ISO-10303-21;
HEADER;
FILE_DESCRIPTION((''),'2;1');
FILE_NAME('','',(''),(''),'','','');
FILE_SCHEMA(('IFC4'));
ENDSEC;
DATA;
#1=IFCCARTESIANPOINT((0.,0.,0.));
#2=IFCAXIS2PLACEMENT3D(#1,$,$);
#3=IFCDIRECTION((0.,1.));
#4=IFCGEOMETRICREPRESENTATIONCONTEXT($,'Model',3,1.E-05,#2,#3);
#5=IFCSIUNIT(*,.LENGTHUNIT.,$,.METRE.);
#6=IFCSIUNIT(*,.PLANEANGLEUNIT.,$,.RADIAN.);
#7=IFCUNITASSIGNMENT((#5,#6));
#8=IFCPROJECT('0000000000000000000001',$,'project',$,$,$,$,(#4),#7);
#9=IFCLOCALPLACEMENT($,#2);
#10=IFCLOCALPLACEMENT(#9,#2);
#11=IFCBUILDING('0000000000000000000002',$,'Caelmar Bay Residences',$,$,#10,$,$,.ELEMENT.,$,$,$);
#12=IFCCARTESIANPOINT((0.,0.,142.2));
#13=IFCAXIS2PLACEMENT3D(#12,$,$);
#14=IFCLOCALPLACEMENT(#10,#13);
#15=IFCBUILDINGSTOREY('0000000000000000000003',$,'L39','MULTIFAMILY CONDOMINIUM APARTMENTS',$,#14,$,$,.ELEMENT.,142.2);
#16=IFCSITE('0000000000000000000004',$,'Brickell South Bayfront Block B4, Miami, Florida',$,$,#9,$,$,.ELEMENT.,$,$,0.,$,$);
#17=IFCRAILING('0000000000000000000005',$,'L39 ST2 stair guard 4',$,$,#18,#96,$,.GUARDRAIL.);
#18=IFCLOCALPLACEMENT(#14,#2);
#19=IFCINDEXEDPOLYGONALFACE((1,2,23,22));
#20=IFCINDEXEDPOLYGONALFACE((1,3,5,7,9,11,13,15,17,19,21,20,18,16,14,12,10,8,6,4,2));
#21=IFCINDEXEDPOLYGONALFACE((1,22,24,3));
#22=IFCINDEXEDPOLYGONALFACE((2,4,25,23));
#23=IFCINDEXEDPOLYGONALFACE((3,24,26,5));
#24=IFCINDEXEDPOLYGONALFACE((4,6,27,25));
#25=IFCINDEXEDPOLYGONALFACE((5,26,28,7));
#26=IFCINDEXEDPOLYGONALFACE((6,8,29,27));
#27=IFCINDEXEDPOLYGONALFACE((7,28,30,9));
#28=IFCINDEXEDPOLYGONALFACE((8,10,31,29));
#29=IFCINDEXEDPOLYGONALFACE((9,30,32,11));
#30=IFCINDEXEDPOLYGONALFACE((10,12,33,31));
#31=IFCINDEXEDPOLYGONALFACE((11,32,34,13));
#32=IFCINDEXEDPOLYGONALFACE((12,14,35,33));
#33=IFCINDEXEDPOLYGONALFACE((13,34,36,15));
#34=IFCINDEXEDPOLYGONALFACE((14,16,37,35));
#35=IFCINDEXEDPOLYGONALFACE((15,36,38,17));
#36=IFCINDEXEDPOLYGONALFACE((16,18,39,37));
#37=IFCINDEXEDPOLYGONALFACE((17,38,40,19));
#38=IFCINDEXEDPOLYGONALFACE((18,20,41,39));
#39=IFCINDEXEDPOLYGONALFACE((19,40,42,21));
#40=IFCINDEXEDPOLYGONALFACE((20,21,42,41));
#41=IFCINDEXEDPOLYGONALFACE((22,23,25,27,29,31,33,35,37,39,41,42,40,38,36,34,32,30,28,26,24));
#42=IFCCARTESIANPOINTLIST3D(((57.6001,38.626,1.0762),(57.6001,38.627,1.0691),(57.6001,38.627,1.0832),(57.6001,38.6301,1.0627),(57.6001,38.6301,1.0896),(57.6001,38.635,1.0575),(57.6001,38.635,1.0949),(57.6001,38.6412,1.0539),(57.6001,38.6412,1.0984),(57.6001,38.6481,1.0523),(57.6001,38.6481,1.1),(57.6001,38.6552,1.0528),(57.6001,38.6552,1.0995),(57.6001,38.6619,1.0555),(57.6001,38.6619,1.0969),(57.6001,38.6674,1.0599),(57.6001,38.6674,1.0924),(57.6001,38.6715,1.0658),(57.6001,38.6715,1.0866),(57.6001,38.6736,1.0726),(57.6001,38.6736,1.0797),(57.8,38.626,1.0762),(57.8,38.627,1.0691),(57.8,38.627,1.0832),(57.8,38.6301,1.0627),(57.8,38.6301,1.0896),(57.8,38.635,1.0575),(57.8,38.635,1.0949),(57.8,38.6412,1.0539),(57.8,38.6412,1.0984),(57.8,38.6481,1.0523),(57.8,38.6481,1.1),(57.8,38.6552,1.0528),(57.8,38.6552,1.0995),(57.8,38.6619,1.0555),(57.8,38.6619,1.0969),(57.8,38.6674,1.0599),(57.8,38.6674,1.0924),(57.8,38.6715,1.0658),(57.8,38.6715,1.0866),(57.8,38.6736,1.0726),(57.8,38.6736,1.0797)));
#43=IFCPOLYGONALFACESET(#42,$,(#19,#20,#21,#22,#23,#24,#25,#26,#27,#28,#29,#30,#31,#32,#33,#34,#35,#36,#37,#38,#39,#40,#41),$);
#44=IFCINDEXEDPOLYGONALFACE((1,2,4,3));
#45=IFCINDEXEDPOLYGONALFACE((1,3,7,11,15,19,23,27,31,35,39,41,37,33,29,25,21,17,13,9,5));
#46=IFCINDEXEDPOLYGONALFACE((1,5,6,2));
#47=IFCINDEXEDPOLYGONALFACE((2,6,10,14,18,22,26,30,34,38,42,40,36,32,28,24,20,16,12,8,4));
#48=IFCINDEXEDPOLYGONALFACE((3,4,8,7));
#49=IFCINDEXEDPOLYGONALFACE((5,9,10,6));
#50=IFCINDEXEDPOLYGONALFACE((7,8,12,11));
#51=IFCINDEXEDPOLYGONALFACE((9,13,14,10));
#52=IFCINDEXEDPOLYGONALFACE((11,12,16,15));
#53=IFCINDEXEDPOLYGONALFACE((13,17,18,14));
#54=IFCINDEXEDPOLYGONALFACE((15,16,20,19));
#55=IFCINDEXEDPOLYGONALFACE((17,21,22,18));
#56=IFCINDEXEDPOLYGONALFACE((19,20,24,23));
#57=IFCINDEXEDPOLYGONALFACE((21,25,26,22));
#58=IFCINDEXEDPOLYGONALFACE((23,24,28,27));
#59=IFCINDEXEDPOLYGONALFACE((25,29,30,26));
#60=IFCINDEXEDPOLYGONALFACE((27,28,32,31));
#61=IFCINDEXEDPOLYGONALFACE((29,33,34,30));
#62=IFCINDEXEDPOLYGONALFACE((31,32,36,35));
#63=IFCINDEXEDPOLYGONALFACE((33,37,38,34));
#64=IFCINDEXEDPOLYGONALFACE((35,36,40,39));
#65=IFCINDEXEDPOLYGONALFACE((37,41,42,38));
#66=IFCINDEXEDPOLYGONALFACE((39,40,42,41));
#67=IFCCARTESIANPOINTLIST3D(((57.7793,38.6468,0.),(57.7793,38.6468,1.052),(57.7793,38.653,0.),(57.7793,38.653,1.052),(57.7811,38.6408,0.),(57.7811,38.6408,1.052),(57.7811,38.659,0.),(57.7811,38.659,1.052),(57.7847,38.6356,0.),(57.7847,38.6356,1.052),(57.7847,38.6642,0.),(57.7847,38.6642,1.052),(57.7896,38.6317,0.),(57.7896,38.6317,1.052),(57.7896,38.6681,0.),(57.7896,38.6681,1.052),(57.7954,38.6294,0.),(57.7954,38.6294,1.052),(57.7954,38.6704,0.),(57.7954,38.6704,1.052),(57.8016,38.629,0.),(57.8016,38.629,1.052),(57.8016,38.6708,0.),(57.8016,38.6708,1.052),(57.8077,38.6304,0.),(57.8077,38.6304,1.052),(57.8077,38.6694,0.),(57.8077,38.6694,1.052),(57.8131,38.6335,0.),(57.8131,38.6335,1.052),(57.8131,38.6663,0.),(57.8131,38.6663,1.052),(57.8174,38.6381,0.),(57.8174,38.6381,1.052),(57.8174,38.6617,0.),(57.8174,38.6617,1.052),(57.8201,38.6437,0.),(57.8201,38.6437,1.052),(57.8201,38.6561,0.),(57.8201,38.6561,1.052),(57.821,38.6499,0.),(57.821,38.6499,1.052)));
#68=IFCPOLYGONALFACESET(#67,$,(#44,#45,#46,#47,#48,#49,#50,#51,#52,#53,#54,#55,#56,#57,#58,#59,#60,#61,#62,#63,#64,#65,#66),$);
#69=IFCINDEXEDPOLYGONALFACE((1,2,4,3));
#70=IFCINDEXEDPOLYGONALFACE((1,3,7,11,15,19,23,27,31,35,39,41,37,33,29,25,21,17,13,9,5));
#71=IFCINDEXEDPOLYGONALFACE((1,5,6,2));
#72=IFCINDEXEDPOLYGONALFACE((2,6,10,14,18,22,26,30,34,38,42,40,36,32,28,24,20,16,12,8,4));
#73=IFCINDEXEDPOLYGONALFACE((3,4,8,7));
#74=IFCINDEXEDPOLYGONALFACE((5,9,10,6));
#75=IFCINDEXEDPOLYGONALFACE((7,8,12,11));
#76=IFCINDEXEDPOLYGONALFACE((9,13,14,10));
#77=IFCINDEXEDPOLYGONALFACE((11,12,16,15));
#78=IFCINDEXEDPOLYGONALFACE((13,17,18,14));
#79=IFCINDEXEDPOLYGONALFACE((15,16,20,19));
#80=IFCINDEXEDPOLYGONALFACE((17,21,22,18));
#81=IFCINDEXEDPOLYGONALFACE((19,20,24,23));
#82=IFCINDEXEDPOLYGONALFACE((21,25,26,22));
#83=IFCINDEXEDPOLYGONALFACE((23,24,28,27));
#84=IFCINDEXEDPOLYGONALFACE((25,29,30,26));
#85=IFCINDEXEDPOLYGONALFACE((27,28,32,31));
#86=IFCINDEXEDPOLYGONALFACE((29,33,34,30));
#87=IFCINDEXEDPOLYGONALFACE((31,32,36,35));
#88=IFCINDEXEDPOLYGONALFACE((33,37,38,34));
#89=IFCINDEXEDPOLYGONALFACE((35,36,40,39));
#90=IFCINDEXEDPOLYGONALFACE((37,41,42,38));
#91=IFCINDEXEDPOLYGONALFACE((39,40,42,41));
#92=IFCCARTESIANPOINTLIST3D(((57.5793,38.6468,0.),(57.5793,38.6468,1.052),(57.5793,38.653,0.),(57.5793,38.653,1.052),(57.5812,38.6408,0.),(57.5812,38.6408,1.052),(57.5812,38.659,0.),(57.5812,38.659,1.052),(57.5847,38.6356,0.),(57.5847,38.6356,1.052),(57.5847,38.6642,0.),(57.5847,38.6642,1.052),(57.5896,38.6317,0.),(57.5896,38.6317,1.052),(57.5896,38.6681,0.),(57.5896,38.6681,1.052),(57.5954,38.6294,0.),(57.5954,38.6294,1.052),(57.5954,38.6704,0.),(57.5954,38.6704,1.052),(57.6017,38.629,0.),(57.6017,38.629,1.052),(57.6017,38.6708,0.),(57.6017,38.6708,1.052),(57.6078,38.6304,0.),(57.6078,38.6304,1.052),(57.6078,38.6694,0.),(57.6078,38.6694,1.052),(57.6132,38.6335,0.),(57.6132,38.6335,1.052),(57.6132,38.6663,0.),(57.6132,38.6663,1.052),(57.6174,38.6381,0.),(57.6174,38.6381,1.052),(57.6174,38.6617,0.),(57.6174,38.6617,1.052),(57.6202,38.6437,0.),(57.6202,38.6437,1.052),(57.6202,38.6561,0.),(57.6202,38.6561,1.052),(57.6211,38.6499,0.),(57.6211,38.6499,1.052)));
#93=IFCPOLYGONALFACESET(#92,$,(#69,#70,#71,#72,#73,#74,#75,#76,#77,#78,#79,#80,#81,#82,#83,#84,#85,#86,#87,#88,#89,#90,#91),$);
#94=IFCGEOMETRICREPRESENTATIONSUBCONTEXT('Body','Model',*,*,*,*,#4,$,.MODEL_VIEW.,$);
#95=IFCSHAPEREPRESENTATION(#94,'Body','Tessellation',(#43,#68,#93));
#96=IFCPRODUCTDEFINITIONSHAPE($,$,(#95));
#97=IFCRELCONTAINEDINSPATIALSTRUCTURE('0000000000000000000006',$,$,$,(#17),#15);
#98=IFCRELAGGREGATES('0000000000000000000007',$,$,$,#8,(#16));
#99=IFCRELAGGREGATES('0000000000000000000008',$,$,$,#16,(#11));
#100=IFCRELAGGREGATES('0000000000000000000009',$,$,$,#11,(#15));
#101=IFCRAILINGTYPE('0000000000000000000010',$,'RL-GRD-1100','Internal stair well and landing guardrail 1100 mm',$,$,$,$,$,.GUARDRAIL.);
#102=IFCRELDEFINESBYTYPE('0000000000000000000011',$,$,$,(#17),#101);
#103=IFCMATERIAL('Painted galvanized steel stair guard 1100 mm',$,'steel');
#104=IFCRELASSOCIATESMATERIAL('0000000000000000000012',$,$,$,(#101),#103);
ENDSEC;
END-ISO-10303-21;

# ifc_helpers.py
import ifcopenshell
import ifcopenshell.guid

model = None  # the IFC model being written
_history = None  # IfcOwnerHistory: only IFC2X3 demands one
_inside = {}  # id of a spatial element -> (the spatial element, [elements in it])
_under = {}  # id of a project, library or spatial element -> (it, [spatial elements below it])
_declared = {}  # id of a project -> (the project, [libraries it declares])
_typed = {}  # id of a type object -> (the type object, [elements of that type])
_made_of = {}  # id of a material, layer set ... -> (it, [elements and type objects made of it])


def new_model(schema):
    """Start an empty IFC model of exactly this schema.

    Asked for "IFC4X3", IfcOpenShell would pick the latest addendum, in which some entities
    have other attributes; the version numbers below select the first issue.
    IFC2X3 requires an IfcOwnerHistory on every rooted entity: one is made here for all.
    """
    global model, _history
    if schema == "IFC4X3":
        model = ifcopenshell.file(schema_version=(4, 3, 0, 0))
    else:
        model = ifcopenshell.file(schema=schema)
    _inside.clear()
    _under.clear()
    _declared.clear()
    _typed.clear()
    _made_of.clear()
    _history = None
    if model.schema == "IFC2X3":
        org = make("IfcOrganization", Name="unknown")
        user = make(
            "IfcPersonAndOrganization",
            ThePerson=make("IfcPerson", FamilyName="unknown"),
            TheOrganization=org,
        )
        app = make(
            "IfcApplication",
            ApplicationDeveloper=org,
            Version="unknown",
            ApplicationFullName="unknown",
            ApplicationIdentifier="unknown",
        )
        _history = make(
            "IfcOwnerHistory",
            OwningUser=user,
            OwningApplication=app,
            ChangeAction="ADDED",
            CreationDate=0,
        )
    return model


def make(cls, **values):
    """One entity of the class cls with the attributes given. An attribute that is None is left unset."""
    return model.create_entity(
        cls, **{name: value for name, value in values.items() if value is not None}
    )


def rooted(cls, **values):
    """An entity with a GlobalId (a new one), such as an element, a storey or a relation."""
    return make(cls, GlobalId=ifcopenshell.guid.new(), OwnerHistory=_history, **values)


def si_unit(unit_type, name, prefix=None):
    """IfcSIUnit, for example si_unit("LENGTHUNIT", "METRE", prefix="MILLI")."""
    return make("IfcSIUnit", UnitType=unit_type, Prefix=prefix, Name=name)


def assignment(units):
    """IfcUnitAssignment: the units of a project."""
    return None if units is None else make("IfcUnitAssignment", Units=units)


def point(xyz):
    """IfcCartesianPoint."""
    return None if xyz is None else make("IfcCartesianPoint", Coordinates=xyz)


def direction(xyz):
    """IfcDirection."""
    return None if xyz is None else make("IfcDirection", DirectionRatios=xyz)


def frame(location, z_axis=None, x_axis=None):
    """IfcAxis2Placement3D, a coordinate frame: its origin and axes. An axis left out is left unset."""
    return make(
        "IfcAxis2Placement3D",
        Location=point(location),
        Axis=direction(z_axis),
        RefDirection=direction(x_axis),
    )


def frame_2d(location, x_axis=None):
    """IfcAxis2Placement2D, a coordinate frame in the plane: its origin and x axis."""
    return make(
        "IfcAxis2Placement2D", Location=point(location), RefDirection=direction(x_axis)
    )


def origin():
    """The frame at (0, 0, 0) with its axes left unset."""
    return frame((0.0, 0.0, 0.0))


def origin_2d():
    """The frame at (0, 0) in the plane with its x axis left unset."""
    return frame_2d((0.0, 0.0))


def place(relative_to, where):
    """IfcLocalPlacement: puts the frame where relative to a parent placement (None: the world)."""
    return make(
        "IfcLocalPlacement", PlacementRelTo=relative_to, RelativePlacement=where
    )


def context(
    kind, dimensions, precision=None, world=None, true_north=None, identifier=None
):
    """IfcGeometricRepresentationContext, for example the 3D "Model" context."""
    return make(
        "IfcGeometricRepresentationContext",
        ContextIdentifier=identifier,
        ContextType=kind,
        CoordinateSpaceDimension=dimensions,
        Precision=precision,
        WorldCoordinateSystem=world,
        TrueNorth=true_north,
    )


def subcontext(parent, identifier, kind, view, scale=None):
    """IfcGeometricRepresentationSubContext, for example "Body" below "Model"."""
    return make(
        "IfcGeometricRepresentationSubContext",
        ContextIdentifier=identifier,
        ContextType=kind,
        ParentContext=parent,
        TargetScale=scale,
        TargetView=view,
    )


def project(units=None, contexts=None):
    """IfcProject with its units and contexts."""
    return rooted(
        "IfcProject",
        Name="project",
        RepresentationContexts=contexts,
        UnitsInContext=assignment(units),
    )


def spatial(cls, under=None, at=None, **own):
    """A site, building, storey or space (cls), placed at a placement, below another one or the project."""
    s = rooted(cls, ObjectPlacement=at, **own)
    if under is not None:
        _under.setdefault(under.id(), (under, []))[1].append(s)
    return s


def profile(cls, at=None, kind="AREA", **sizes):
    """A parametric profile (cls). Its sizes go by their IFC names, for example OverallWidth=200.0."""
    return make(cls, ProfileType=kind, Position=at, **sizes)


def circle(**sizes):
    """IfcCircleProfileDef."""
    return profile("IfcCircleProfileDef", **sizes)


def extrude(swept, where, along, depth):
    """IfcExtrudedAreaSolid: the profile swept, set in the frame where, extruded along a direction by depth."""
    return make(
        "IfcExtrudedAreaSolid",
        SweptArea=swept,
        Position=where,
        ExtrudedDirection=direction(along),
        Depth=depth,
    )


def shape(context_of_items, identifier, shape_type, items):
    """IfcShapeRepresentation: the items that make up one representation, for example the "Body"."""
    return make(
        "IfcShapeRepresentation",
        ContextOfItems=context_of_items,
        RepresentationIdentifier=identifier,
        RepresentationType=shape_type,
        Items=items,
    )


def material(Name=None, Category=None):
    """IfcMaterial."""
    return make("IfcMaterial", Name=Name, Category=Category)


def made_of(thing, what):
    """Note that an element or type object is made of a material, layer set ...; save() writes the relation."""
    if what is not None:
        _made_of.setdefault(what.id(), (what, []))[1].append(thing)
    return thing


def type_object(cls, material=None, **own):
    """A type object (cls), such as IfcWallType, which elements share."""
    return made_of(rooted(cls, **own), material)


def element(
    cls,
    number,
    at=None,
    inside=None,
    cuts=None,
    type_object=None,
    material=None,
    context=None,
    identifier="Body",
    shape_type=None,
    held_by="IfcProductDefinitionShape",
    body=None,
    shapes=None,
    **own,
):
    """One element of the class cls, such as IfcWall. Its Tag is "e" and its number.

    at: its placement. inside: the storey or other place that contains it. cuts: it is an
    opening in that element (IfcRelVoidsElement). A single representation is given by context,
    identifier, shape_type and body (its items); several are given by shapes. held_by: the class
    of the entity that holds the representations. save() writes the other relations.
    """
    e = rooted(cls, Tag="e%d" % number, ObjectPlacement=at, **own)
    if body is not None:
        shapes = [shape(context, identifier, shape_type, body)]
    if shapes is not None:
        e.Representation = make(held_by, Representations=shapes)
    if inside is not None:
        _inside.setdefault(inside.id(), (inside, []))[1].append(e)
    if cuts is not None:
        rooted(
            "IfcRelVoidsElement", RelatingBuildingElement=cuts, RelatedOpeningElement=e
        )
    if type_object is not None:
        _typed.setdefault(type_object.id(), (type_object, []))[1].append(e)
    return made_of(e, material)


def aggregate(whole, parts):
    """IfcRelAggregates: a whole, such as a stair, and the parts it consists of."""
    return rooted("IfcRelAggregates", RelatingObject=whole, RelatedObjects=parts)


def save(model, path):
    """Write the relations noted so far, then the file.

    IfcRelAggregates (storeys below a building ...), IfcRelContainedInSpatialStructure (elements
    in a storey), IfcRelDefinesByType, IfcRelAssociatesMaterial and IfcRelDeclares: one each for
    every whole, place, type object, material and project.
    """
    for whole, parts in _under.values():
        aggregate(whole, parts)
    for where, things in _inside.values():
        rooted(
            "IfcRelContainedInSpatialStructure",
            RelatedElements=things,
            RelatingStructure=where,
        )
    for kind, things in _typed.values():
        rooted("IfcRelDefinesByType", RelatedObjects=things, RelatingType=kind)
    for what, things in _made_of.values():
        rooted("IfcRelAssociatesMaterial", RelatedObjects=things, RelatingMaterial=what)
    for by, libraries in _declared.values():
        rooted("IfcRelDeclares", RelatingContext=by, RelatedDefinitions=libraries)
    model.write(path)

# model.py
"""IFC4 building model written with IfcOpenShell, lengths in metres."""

from ifc_helpers import new_model, si_unit, direction, frame, origin, origin_2d, place, context, subcontext, project, spatial, circle, extrude, material, type_object, element, save


model = new_model("IFC4")

# Units and contexts
model_context = context("Model", 3, precision=1e-05, world=origin(), true_north=direction((0.0, 1.0)))
body_context = subcontext(model_context, "Body", "Model", "MODEL_VIEW")
ifc_project = project(units=[si_unit("LENGTHUNIT", "METRE"), si_unit("PLANEANGLEUNIT", "RADIAN")], contexts=[model_context])

# Site, building, storey
site_placement = place(None, origin())
site = spatial("IfcSite", under=ifc_project, at=site_placement, Name="Brickell South Bayfront Block B4, Miami, Florida", CompositionType="ELEMENT", RefElevation=0.0)
building_placement = place(site_placement, origin())
building = spatial("IfcBuilding", under=site, at=building_placement, Name="Caelmar Bay Residences", CompositionType="ELEMENT")
storey_placement = place(building_placement, frame((0.0, 0.0, 142.2)))
storey = spatial("IfcBuildingStorey", under=building, at=storey_placement, Name="L39", Description="MULTIFAMILY CONDOMINIUM APARTMENTS", CompositionType="ELEMENT", Elevation=142.2)

# Railing
ifc_material_1 = material(Name="Painted galvanized steel stair guard 1100 mm", Category="steel")
railing_type_1 = type_object("IfcRailingType", Name="RL-GRD-1100", Description="Internal stair well and landing guardrail 1100 mm", PredefinedType="GUARDRAIL", material=ifc_material_1)
railing_1_placement = place(storey_placement, frame((57.8, 38.6499, 0.0)))
element("IfcRailing", 1, at=railing_1_placement, inside=storey, type_object=railing_type_1, Name="L39 ST2 stair guard 4", PredefinedType="GUARDRAIL", context=body_context, shape_type="SweptSolid", body=[
    extrude(circle(Radius=0.0239, at=origin_2d()), frame((0.0, 0.0, 1.0762), z_axis=(-1.0, 0.0, 0.0), x_axis=(0.0, -1.0, 0.0)), (0.0, 0.0, 1.0), 0.2),
    extrude(circle(Radius=0.021, at=origin_2d()), origin(), (0.0, 0.0, 1.0), 1.052),
    extrude(circle(Radius=0.021, at=origin_2d()), frame((-0.2, 0.0, 0.0)), (0.0, 0.0, 1.0), 1.052),
])

save(model, "model.ifc")
